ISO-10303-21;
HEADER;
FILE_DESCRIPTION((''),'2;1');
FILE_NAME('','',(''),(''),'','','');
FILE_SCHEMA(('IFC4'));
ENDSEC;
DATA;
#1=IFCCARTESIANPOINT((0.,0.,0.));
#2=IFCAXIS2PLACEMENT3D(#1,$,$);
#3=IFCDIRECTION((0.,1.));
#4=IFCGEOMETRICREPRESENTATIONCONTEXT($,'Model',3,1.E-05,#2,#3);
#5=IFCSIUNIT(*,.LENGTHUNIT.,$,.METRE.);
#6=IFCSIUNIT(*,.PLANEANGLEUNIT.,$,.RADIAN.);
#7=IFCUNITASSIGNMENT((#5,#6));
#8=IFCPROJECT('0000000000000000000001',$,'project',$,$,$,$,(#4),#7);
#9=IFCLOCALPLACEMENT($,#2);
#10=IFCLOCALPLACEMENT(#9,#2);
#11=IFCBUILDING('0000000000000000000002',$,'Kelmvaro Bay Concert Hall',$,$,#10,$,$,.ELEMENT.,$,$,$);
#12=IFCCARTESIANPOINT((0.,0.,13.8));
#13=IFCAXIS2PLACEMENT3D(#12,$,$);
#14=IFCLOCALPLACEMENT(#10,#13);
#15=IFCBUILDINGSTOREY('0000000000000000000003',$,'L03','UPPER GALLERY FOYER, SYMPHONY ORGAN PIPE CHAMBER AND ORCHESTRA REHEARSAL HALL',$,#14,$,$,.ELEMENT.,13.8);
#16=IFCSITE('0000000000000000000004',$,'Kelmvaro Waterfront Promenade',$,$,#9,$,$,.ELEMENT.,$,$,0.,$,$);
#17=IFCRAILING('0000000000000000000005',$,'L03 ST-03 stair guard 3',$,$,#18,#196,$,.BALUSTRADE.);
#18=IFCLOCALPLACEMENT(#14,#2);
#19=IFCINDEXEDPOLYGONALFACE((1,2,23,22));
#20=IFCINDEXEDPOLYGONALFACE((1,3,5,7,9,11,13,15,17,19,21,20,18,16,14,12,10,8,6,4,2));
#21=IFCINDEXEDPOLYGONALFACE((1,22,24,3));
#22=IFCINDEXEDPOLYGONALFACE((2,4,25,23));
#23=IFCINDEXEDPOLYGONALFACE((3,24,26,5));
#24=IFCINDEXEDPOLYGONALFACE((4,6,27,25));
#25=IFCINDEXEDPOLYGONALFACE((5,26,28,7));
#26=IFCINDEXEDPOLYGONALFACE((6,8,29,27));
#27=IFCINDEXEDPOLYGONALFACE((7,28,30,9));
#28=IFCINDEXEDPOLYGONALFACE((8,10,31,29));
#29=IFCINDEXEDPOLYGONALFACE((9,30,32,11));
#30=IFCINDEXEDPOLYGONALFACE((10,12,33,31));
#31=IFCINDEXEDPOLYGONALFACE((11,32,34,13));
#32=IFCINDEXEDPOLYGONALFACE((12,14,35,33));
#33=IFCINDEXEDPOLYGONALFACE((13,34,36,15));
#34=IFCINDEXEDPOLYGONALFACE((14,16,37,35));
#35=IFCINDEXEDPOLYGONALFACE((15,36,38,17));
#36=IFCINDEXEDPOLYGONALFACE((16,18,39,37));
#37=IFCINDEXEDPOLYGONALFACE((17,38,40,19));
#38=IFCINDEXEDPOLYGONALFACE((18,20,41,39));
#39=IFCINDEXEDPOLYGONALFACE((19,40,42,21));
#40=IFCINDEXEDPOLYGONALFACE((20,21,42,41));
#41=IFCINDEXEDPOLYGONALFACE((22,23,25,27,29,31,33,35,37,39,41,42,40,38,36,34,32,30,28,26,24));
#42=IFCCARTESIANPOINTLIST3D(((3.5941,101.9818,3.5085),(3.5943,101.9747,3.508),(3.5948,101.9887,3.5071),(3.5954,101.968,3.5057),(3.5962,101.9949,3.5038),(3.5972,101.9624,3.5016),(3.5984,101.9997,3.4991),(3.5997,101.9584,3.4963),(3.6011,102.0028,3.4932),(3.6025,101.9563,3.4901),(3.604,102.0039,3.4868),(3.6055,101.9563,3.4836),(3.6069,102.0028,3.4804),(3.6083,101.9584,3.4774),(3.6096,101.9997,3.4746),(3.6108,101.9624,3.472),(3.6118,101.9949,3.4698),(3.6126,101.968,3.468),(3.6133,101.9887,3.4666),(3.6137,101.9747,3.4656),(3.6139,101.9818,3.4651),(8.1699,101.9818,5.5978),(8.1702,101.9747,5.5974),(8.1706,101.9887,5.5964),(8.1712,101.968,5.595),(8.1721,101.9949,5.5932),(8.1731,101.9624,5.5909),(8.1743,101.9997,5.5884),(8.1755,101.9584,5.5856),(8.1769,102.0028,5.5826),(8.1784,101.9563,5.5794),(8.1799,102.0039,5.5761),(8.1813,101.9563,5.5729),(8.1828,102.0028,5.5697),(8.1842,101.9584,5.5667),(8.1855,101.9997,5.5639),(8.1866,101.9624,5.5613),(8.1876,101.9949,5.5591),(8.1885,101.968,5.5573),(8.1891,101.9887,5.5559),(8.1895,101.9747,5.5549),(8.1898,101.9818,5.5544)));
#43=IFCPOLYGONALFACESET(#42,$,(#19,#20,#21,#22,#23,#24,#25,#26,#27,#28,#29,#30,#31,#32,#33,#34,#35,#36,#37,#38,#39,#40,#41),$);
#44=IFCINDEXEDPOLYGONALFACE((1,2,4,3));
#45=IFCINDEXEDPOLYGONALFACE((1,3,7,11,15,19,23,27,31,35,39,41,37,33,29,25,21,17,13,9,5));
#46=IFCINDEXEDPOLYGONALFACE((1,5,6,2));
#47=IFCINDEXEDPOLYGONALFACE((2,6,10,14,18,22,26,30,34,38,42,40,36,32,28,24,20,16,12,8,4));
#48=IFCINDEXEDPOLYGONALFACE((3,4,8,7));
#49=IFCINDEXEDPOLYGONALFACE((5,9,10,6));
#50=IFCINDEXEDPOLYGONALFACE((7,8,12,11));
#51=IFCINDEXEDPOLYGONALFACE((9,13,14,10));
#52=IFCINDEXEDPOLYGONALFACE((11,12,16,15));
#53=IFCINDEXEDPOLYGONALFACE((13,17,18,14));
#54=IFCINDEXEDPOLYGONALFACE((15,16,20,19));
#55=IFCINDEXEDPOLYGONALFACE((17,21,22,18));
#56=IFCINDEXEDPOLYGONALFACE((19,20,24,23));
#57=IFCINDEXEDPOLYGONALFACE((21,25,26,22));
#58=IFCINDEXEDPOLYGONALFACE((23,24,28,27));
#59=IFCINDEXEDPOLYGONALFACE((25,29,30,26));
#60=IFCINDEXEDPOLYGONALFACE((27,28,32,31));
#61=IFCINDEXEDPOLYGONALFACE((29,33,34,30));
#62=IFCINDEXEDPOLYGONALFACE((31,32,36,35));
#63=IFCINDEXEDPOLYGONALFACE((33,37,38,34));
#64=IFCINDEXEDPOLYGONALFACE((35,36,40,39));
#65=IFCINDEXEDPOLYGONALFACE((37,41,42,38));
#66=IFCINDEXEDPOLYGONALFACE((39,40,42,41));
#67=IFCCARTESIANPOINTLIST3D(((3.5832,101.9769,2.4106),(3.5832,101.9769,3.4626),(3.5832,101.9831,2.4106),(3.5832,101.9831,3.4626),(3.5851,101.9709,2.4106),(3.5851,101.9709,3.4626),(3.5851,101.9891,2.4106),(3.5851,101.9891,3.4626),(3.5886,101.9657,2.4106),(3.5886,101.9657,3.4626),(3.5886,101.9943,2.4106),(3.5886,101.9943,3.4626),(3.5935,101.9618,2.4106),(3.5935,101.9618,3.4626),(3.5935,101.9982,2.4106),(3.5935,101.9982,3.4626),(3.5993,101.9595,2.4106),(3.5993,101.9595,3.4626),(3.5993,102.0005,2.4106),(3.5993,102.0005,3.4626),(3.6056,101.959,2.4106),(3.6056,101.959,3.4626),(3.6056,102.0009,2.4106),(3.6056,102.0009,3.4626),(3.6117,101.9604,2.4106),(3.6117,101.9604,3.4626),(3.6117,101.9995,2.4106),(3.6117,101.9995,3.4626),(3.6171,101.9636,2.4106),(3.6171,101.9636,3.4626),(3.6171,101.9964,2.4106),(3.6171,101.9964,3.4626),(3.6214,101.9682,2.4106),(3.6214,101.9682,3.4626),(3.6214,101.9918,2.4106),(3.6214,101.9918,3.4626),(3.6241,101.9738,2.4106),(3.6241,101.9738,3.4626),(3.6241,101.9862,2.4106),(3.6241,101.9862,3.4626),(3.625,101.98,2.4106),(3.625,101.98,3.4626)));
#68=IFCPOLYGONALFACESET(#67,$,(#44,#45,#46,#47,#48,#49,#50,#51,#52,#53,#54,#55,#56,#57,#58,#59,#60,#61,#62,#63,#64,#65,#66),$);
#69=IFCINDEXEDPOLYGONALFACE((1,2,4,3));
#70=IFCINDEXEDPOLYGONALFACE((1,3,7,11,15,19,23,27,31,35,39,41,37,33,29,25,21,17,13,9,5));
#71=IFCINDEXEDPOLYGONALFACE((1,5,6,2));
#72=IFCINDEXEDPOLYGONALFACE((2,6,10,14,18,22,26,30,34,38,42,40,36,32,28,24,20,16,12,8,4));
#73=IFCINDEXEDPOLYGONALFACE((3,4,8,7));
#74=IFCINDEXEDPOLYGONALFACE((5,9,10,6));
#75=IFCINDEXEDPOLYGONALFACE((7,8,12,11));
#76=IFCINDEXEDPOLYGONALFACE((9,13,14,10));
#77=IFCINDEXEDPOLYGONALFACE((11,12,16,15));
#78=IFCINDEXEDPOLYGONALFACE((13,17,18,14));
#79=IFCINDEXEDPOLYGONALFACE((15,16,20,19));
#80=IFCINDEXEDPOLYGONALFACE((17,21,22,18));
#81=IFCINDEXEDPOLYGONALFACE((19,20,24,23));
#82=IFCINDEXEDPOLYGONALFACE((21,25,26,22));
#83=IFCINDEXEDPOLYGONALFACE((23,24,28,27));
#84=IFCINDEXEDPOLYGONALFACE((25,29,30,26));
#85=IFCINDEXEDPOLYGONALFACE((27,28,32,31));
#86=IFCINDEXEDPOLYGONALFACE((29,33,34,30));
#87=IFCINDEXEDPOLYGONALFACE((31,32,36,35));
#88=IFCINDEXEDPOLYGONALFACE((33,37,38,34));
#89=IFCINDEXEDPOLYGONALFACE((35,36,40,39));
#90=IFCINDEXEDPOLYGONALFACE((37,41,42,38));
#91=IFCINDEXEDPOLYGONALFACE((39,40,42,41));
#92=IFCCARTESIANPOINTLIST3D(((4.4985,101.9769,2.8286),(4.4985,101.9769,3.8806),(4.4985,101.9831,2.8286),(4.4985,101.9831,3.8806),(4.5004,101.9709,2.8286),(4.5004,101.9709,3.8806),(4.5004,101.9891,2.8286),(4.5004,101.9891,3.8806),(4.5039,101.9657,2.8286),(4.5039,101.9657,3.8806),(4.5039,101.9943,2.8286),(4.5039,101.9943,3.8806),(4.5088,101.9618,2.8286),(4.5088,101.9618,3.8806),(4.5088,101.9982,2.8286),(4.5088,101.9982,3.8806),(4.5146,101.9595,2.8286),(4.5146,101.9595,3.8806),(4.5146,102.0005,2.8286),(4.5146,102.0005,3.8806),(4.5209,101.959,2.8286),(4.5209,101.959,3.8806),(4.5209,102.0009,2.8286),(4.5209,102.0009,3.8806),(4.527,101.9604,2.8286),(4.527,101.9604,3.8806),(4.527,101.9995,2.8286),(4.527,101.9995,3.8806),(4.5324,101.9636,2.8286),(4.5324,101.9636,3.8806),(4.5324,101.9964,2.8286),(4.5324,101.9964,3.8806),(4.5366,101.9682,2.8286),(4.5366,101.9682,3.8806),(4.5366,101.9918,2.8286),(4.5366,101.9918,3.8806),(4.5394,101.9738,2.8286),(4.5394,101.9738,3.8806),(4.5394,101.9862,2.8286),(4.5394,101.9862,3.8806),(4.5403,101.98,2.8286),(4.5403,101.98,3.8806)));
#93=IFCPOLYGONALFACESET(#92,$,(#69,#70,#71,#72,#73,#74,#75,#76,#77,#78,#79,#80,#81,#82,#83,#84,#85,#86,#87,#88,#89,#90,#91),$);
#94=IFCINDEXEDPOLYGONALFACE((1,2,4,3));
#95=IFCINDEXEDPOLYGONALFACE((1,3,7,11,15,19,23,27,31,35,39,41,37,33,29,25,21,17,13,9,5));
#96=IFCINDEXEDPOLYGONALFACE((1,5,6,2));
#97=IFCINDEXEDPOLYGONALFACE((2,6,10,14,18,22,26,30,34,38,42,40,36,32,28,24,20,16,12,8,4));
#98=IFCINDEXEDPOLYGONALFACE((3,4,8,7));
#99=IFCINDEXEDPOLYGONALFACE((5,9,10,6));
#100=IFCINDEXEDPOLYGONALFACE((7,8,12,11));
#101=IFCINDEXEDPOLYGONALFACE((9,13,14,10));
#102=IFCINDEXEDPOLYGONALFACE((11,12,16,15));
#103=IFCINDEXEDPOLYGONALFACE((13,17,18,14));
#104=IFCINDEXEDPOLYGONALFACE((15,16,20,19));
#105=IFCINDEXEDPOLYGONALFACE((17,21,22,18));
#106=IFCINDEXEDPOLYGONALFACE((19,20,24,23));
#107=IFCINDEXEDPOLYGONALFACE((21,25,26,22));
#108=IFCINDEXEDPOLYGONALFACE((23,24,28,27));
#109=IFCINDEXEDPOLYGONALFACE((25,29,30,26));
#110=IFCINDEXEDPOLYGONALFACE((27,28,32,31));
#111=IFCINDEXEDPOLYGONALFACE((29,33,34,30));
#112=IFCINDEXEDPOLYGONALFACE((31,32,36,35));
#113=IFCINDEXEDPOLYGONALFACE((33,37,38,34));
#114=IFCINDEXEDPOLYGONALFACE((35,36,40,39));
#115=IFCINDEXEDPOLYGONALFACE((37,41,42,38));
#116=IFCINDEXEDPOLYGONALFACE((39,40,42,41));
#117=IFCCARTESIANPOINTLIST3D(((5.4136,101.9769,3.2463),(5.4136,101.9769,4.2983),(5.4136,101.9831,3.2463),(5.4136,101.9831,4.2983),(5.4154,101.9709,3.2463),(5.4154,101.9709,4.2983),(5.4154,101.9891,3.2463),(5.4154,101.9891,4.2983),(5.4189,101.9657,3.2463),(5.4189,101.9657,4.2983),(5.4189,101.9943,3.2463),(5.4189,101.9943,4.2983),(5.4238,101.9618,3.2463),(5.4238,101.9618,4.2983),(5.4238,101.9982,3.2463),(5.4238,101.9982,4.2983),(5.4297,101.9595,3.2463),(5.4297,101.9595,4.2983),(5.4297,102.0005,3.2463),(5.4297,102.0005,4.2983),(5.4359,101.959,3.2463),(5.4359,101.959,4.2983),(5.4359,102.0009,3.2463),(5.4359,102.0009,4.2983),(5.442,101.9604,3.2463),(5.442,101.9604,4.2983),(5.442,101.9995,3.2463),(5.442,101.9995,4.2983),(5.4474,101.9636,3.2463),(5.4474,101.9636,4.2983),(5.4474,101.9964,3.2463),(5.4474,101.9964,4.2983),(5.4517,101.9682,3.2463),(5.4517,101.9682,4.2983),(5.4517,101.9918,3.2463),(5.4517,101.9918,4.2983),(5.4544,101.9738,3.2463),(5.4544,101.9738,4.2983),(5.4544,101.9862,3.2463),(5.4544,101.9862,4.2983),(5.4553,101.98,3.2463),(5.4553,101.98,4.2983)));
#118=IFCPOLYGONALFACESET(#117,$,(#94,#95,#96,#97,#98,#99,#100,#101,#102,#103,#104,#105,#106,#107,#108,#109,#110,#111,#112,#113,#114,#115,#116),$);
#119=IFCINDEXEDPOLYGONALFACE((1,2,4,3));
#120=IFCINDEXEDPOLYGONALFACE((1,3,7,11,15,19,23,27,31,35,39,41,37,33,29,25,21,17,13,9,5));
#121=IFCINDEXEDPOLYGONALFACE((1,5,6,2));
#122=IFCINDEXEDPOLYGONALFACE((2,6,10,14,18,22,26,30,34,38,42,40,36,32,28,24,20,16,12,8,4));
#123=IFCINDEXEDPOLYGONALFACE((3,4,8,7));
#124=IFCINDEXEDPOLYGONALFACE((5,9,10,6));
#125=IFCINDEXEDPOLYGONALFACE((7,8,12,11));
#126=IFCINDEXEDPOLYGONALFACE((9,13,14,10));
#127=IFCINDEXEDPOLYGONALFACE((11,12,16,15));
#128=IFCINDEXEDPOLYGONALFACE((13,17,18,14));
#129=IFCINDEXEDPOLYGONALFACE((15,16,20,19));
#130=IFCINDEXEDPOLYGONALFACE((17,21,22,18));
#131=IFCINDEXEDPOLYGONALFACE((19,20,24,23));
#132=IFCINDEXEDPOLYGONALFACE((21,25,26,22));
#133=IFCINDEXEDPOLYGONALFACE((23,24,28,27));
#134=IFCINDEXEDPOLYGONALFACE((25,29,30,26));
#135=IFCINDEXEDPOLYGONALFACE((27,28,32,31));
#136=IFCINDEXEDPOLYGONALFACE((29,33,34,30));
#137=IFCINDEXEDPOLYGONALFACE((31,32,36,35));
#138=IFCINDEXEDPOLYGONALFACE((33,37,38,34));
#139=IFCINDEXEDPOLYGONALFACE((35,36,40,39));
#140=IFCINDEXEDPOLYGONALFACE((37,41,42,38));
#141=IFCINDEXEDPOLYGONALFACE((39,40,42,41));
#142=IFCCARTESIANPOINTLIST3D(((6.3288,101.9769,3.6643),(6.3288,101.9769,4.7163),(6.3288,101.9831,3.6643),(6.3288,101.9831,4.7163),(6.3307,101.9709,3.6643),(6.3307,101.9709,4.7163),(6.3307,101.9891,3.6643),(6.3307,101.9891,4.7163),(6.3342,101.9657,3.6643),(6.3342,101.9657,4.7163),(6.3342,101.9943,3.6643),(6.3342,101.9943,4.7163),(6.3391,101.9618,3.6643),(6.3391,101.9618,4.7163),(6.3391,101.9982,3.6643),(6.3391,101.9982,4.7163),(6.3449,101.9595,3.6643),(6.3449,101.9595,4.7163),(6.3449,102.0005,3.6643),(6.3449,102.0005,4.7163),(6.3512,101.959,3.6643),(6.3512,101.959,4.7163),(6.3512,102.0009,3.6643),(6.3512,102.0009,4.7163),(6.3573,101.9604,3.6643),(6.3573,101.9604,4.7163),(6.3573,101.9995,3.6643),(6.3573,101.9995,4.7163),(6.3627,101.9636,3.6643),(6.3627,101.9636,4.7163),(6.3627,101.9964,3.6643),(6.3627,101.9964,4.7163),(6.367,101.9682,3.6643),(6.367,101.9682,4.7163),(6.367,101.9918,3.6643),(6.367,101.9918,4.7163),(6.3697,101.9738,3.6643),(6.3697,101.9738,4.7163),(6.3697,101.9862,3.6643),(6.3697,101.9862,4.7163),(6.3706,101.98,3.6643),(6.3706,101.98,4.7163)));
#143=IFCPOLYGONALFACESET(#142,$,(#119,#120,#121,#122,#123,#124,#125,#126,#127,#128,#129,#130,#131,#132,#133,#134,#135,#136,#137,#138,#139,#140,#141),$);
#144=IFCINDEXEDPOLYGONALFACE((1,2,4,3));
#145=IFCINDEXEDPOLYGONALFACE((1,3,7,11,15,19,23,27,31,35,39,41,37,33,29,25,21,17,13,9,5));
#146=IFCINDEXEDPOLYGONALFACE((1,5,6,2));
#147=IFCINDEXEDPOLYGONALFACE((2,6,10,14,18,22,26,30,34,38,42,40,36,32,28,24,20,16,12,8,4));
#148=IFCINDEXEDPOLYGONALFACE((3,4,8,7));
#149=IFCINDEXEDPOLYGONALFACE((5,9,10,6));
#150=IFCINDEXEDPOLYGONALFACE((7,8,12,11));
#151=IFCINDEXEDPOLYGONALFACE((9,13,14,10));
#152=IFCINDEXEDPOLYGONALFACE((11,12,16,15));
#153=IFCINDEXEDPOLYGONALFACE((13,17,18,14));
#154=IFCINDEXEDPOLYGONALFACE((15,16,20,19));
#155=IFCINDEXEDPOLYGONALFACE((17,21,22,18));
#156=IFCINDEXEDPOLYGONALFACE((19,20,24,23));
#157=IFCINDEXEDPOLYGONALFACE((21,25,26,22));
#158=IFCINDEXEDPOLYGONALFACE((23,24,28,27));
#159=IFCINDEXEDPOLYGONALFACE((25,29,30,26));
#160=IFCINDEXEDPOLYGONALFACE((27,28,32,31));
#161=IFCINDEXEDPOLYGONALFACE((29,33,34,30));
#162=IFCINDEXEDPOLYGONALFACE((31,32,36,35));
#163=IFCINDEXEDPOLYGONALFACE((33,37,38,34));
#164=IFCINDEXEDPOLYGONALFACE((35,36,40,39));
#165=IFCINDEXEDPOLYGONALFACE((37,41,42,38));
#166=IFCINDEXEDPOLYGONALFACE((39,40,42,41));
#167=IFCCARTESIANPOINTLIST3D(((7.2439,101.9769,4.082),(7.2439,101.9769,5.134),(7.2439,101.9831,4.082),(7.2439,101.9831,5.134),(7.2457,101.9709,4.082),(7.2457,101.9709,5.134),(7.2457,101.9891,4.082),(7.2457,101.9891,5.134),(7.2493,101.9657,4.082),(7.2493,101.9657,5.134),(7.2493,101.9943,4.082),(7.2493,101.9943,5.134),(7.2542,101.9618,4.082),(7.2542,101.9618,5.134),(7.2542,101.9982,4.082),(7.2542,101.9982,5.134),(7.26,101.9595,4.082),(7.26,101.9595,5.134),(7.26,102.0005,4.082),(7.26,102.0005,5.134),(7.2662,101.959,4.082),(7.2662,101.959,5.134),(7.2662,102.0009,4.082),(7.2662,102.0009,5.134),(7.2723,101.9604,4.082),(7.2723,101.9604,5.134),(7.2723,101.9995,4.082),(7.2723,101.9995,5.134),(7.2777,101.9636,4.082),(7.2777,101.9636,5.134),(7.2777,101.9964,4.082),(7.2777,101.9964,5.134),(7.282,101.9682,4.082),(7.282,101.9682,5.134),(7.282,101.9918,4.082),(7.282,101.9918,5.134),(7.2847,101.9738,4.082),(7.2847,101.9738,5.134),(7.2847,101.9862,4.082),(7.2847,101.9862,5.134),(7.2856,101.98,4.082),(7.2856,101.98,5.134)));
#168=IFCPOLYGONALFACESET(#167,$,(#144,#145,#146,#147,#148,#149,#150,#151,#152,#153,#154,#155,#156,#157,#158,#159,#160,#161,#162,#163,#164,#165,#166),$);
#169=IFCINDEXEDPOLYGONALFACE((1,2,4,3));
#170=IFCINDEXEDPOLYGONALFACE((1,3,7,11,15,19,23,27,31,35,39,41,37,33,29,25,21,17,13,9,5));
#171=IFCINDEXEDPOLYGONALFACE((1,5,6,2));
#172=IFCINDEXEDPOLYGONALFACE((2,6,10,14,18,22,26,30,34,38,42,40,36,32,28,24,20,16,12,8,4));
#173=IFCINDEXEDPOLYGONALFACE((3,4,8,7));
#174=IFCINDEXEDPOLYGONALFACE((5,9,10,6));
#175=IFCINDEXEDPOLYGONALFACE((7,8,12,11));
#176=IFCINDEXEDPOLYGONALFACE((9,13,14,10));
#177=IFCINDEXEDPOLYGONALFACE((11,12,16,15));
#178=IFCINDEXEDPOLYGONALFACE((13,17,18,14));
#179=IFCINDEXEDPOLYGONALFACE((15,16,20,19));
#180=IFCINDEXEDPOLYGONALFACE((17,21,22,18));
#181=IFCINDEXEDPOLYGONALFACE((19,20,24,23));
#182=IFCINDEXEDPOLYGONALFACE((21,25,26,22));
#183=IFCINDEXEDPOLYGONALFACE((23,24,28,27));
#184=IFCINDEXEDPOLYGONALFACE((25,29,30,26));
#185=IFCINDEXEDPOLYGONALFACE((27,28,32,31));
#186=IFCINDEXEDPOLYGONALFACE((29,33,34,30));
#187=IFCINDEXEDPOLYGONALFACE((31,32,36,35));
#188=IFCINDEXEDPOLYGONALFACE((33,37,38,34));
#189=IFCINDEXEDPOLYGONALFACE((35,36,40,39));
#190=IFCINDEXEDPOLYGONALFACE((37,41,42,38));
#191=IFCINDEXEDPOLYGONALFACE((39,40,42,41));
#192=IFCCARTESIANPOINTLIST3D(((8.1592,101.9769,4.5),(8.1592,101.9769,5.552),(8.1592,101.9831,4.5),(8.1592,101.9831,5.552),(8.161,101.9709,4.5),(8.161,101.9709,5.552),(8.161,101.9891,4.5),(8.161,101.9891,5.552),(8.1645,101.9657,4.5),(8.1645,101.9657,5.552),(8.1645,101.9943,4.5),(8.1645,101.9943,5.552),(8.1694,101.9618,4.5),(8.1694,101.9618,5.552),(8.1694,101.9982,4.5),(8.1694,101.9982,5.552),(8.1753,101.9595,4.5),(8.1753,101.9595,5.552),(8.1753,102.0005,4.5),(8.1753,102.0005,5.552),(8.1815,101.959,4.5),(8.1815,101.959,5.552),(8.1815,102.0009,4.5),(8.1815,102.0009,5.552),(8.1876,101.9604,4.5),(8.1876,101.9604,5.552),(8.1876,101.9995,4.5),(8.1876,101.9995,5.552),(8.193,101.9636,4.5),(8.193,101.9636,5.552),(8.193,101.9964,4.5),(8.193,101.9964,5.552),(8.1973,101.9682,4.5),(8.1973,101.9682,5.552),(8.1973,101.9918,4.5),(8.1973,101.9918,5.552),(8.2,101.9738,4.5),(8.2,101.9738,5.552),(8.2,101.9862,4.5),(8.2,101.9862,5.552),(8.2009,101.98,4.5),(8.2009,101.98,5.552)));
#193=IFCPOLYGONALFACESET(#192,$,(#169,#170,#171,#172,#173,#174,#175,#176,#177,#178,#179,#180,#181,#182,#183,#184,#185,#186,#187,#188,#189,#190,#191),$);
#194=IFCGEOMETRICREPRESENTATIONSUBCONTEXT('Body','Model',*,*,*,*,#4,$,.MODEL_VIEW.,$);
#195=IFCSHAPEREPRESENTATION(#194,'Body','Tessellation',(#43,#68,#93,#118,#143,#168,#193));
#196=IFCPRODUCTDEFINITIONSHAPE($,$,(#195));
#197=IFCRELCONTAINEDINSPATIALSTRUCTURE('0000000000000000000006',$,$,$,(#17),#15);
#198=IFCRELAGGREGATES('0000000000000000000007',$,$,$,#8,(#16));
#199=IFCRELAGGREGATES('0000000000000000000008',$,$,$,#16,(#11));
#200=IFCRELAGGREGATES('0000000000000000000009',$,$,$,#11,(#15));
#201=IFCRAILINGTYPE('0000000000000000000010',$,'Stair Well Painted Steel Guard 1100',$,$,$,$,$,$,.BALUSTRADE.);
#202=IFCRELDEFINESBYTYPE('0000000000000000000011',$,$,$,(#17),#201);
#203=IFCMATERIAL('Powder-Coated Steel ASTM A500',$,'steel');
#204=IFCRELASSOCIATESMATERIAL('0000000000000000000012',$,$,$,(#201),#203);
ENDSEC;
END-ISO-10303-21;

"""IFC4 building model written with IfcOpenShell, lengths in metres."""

from ifc_helpers import new_model, si_unit, direction, frame, origin, origin_2d, place, context, subcontext, project, spatial, circle, extrude, material, type_object, element, save


model = new_model("IFC4")

# Units and contexts
model_context = context("Model", 3, precision=1e-05, world=origin(), true_north=direction((0.0, 1.0)))
body_context = subcontext(model_context, "Body", "Model", "MODEL_VIEW")
ifc_project = project(units=[si_unit("LENGTHUNIT", "METRE"), si_unit("PLANEANGLEUNIT", "RADIAN")], contexts=[model_context])

# Site, building, storey
site_placement = place(None, origin())
site = spatial("IfcSite", under=ifc_project, at=site_placement, Name="Kelmvaro Waterfront Promenade", CompositionType="ELEMENT", RefElevation=0.0)
building_placement = place(site_placement, origin())
building = spatial("IfcBuilding", under=site, at=building_placement, Name="Kelmvaro Bay Concert Hall", CompositionType="ELEMENT")
storey_placement = place(building_placement, frame((0.0, 0.0, 13.8)))
storey = spatial("IfcBuildingStorey", under=building, at=storey_placement, Name="L03", Description="UPPER GALLERY FOYER, SYMPHONY ORGAN PIPE CHAMBER AND ORCHESTRA REHEARSAL HALL", CompositionType="ELEMENT", Elevation=13.8)

# Railing
ifc_material_1 = material(Name="Powder-Coated Steel ASTM A500", Category="steel")
railing_type_1 = type_object("IfcRailingType", Name="Stair Well Painted Steel Guard 1100", PredefinedType="BALUSTRADE", material=ifc_material_1)
railing_1_placement = place(storey_placement, frame((3.604, 101.98, 2.4106)))
element("IfcRailing", 1, at=railing_1_placement, inside=storey, type_object=railing_type_1, Name="L03 ST-03 stair guard 3", PredefinedType="BALUSTRADE", context=body_context, shape_type="SweptSolid", body=[
    extrude(circle(Radius=0.0239, at=origin_2d()), frame((0.0, 0.0, 1.0762), z_axis=(0.909662, 0.0, 0.415349), x_axis=(0.0, 1.0, 0.0)), (0.0, 0.0, 1.0), 5.0303),
    extrude(circle(Radius=0.021, at=origin_2d()), origin(), (0.0, 0.0, 1.0), 1.052),
    extrude(circle(Radius=0.021, at=origin_2d()), frame((0.9153, 0.0, 0.418)), (0.0, 0.0, 1.0), 1.052),
    extrude(circle(Radius=0.021, at=origin_2d()), frame((1.8303, 0.0, 0.8357)), (0.0, 0.0, 1.0), 1.052),
    extrude(circle(Radius=0.021, at=origin_2d()), frame((2.7456, 0.0, 1.2537)), (0.0, 0.0, 1.0), 1.052),
    extrude(circle(Radius=0.021, at=origin_2d()), frame((3.6606, 0.0, 1.6714)), (0.0, 0.0, 1.0), 1.052),
    extrude(circle(Radius=0.021, at=origin_2d()), frame((4.5759, 0.0, 2.0894)), (0.0, 0.0, 1.0), 1.052),
])

save(model, "model.ifc")
